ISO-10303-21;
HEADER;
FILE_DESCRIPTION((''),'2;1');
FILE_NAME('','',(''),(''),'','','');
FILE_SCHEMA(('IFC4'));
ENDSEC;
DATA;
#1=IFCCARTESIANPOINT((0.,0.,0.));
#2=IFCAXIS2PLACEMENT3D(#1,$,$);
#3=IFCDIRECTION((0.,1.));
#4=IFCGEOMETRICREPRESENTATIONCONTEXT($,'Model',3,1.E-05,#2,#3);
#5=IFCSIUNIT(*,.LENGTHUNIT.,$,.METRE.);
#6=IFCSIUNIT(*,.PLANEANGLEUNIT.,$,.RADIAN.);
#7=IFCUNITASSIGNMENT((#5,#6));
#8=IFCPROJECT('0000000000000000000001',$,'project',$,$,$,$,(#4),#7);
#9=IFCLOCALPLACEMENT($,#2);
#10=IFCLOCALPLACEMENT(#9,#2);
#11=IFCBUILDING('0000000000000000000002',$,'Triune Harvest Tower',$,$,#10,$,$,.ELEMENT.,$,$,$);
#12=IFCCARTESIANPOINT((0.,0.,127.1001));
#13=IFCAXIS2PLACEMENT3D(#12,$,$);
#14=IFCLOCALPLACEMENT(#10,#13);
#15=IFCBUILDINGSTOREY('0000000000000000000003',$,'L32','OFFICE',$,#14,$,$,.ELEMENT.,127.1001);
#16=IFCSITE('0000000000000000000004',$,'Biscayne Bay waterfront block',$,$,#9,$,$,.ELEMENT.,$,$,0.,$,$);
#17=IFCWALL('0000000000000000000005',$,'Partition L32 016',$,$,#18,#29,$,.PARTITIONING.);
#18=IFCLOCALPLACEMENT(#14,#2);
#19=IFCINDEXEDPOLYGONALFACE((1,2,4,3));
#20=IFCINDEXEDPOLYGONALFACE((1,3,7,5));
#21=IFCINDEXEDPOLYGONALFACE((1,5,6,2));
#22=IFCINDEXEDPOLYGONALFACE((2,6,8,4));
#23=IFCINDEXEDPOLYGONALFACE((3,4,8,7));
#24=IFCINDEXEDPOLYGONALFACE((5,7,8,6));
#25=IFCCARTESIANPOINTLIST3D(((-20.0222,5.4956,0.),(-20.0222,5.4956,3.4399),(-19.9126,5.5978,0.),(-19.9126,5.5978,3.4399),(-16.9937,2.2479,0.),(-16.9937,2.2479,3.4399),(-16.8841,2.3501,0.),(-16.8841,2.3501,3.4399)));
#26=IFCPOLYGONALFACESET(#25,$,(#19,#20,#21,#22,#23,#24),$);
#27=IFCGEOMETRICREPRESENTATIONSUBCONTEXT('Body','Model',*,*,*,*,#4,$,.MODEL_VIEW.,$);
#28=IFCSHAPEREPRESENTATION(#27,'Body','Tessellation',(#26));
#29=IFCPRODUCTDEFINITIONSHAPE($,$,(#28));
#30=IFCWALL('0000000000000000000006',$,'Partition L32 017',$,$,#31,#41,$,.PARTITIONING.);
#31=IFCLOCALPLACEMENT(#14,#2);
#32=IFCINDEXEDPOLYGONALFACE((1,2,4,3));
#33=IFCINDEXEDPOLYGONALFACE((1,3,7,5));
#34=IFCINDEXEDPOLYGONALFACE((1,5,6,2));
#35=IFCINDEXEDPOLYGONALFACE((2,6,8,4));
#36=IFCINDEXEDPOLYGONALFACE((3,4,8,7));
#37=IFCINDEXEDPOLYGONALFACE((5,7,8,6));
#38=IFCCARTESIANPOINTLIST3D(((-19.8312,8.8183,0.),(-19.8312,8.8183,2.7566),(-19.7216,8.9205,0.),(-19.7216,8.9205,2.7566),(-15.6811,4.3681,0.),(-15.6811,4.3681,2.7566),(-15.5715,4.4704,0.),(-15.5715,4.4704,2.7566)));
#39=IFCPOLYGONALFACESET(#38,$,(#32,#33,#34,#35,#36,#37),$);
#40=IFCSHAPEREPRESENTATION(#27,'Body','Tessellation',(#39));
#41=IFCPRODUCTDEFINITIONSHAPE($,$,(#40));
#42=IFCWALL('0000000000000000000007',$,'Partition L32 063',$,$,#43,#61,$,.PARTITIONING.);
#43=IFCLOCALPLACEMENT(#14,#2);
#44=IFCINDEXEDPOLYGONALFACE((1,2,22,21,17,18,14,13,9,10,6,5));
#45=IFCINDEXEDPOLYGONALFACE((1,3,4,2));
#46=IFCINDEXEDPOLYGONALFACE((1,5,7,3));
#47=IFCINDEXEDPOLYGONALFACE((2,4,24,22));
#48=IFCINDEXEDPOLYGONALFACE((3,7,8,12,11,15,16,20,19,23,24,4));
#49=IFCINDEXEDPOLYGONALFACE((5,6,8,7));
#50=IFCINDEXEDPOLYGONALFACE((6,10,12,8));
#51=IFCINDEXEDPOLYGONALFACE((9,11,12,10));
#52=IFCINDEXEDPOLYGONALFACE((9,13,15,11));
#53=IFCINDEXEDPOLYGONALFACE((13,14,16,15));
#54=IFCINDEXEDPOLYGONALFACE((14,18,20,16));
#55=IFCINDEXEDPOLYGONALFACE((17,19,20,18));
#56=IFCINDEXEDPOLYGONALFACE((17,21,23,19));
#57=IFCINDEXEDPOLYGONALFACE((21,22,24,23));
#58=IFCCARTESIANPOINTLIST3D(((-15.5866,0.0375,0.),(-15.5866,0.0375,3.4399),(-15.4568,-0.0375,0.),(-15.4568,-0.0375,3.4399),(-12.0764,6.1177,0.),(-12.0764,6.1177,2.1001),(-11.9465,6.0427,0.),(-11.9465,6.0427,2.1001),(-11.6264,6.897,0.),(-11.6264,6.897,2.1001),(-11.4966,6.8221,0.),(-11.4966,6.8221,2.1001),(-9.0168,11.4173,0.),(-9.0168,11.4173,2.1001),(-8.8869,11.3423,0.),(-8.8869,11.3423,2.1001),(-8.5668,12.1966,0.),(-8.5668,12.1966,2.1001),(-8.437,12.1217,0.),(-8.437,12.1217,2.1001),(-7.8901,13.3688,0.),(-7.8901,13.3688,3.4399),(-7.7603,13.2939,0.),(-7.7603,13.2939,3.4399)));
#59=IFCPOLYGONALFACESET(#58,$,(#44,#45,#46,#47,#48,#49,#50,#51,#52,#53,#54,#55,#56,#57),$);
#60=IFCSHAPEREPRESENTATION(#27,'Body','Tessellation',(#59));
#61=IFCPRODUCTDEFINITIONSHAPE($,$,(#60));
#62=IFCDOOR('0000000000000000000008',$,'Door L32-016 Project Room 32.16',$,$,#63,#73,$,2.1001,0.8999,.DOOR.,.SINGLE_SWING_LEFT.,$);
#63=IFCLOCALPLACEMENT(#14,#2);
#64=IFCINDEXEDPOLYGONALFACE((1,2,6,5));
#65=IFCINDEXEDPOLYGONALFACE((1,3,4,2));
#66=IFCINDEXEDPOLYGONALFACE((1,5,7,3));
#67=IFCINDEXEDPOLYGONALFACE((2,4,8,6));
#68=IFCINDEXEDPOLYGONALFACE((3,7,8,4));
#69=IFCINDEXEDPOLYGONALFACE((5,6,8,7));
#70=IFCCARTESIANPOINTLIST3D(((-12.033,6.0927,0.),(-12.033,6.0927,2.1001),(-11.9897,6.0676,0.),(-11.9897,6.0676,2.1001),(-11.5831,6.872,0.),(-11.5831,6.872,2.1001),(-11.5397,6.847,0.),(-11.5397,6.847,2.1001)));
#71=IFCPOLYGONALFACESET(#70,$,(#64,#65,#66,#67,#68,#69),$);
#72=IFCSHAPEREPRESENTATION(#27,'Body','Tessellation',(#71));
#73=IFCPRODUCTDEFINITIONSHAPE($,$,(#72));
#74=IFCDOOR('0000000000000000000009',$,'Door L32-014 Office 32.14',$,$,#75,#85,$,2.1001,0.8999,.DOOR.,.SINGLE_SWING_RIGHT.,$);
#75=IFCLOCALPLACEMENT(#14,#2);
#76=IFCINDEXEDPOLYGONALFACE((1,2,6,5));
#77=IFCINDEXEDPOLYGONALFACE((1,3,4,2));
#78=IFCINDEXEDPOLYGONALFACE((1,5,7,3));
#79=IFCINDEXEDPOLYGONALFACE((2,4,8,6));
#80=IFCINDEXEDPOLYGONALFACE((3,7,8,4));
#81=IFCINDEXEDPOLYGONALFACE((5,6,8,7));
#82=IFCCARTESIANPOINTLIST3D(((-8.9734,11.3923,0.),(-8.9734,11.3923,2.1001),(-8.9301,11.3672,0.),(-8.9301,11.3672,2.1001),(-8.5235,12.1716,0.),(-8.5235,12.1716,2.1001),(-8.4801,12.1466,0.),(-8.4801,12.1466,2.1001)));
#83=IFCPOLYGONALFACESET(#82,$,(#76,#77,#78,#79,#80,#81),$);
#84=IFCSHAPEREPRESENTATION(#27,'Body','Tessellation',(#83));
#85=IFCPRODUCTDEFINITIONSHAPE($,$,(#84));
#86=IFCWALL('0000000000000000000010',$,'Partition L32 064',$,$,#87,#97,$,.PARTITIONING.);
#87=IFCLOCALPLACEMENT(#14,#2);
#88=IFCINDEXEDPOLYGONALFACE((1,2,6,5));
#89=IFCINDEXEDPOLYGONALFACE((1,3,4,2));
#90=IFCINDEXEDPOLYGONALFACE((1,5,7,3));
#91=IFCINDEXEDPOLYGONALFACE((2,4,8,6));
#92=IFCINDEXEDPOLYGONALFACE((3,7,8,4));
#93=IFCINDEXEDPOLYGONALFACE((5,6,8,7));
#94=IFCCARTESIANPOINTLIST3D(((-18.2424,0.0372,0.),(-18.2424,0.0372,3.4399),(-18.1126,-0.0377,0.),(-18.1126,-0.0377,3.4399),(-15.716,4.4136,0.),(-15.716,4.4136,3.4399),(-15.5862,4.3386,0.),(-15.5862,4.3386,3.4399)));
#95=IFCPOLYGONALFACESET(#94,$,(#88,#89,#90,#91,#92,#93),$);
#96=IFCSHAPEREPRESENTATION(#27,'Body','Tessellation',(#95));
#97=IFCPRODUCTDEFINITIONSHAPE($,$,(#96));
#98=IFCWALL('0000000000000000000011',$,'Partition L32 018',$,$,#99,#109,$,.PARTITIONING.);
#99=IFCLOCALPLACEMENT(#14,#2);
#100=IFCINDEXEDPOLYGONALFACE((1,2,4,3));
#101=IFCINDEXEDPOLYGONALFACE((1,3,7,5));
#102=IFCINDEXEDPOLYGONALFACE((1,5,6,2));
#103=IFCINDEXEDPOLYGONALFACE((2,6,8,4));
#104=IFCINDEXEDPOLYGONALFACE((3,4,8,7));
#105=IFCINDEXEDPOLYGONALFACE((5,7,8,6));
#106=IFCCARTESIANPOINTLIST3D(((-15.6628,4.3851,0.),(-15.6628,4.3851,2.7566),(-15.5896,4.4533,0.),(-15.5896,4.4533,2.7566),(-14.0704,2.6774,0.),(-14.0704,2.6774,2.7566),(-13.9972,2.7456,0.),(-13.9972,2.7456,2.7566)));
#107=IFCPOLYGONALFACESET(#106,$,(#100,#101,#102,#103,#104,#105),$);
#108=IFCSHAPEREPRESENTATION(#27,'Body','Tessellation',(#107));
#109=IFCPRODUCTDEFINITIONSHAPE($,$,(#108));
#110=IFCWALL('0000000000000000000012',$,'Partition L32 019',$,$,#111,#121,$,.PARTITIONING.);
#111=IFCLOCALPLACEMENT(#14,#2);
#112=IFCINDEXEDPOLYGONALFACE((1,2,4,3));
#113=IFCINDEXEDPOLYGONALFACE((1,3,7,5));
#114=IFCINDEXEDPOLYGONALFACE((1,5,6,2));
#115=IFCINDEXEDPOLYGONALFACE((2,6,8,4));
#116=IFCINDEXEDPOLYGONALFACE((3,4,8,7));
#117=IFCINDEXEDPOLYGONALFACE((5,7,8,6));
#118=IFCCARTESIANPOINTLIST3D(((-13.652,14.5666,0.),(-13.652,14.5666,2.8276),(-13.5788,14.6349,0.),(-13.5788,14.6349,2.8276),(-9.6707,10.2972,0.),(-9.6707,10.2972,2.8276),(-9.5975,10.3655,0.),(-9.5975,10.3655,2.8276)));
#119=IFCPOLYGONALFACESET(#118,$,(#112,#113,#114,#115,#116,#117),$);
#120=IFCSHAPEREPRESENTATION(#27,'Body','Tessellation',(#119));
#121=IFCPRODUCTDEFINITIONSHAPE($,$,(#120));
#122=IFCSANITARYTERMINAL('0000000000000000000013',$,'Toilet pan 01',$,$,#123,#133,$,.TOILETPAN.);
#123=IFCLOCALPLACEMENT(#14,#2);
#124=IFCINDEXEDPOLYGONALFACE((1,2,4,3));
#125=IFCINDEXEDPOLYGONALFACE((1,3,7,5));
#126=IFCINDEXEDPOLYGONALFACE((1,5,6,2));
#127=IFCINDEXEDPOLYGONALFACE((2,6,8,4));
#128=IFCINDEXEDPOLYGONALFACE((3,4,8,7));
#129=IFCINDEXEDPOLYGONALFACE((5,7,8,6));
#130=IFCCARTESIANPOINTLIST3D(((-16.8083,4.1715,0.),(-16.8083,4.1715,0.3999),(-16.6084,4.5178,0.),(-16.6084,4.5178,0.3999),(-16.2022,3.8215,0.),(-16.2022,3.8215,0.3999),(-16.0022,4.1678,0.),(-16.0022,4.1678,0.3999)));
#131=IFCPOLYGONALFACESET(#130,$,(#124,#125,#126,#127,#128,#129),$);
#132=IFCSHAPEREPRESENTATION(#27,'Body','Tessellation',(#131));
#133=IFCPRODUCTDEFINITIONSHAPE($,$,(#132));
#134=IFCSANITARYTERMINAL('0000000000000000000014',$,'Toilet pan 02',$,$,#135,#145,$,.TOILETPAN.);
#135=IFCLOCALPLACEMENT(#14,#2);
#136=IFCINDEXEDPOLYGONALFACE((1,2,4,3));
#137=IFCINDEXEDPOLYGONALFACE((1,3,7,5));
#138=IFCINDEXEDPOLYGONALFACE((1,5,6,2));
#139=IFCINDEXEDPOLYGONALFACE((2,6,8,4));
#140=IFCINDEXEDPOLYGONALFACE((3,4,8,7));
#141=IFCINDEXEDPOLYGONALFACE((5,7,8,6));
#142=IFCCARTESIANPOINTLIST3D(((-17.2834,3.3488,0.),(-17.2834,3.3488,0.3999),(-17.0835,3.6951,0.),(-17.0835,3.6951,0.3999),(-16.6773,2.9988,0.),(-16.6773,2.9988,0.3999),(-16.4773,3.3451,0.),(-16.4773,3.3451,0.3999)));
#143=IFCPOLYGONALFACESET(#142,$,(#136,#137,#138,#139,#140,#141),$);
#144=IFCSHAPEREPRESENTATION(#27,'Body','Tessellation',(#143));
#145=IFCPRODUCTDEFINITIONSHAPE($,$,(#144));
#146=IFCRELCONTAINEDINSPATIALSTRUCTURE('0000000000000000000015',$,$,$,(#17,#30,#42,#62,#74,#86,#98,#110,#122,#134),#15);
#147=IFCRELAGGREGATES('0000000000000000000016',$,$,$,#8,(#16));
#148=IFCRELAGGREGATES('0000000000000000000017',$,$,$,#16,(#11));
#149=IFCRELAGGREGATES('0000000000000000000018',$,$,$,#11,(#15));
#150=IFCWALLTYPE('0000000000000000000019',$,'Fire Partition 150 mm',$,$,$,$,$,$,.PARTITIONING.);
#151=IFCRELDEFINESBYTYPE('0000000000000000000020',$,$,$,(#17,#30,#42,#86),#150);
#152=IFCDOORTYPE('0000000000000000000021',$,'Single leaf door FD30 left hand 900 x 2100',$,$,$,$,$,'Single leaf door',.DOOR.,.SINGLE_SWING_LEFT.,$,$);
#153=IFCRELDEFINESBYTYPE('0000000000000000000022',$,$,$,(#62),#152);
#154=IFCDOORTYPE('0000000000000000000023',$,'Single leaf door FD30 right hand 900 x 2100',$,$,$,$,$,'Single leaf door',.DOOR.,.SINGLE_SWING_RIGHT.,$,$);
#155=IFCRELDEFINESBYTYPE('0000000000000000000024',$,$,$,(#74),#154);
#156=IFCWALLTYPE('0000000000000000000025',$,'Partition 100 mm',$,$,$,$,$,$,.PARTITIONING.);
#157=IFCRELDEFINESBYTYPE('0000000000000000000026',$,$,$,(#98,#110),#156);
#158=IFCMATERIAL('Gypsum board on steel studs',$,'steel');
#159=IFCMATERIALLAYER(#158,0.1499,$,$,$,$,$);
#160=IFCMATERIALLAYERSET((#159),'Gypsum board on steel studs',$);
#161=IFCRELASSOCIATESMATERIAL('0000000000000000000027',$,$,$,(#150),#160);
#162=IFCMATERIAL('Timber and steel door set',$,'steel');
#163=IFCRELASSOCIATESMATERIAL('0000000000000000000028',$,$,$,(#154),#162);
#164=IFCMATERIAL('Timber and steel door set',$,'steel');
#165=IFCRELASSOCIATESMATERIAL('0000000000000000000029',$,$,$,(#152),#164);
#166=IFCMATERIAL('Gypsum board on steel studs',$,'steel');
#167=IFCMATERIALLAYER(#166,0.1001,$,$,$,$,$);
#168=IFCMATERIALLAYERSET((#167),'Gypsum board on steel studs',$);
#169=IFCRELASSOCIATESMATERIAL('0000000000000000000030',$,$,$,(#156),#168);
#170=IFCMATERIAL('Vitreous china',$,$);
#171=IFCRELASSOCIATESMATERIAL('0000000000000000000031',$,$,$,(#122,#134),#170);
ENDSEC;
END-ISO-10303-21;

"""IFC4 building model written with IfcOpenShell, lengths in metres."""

from ifc_helpers import new_model, si_unit, direction, frame, frame_2d, origin, origin_2d, place, context, subcontext, project, spatial, rectangle, extrude, source, transform, mapped, material, layer, layer_set, type_object, element, fill, save


model = new_model("IFC4")

# Units and contexts
model_context = context("Model", 3, precision=1e-05, world=origin(), true_north=direction((0.0, 1.0)))
body_context = subcontext(model_context, "Body", "Model", "MODEL_VIEW")
ifc_project = project(units=[si_unit("LENGTHUNIT", "METRE"), si_unit("PLANEANGLEUNIT", "RADIAN")], contexts=[model_context])

# Site, building, storey
site_placement = place(None, origin())
site = spatial("IfcSite", under=ifc_project, at=site_placement, Name="Biscayne Bay waterfront block", CompositionType="ELEMENT", RefElevation=0.0)
building_placement = place(site_placement, origin())
building = spatial("IfcBuilding", under=site, at=building_placement, Name="Triune Harvest Tower", CompositionType="ELEMENT")
storey_placement = place(building_placement, frame((0.0, 0.0, 127.1001)))
storey = spatial("IfcBuildingStorey", under=building, at=storey_placement, Name="L32", Description="OFFICE", CompositionType="ELEMENT", Elevation=127.1001)

# Shared definitions
ifc_material_1 = material(Name="Gypsum board on steel studs", Category="steel")
ifc_layer_1 = layer(ifc_material_1, 0.1499)
ifc_layer_set_1 = layer_set([ifc_layer_1], Name="Gypsum board on steel studs")
wall_type_1 = type_object("IfcWallType", Name="Fire Partition 150 mm", PredefinedType="PARTITIONING", material=ifc_layer_set_1)

# Shared definitions
ifc_material_2 = material(Name="Timber and steel door set", Category="steel")
door_type_1 = type_object("IfcDoorType", Name="Single leaf door FD30 right hand 900 x 2100", ElementType="Single leaf door", OperationType="SINGLE_SWING_RIGHT", PredefinedType="DOOR", material=ifc_material_2)

# Walls
wall_1_placement = place(storey_placement, frame((-19.9673, 5.5466, 0.0), z_axis=(0.0, 0.0, 1.0), x_axis=(0.681991, -0.731361, 0.0)))
element("IfcWall", 1, at=wall_1_placement, inside=storey, type_object=wall_type_1, Name="Partition L32 016", PredefinedType="PARTITIONING", context=body_context, shape_type="SweptSolid", body=[
    extrude(rectangle(XDim=4.4407, YDim=0.1499, at=frame_2d((2.2202, 0.0))), origin(), (0.0, 0.0, 1.0), 3.4399),
])
wall_2_placement = place(storey_placement, frame((-19.7764, 8.8694, 0.0), z_axis=(0.0, 0.0, 1.0), x_axis=(0.682022, -0.731331, 0.0)))
element("IfcWall", 2, at=wall_2_placement, inside=storey, type_object=wall_type_1, Name="Partition L32 017", PredefinedType="PARTITIONING", context=body_context, shape_type="SweptSolid", body=[
    extrude(rectangle(XDim=6.085, YDim=0.1499, at=frame_2d((3.0425, 0.0))), origin(), (0.0, 0.0, 1.0), 2.7566),
])

# Wall, openings, doors
wall_3_placement = place(storey_placement, frame((-15.5217, 0.0, 0.0), z_axis=(0.0, 0.0, 1.0), x_axis=(0.499986, 0.866034, 0.0)))
wall_3 = element("IfcWall", 3, at=wall_3_placement, inside=storey, type_object=wall_type_1, Name="Partition L32 063", PredefinedType="PARTITIONING", context=body_context, shape_type="SweptSolid", body=[
    extrude(rectangle(XDim=15.3936, YDim=0.1499, at=frame_2d((7.6968, 0.0))), origin(), (0.0, 0.0, 1.0), 3.4399),
])
opening_1_placement = place(wall_3_placement, frame((13.1401, 0.0, 0.0)))
opening_1 = element("IfcOpeningElement", 4, at=opening_1_placement, cuts=wall_3, PredefinedType="OPENING", context=body_context, shape_type="SweptSolid", body=[
    extrude(rectangle(XDim=0.8999, YDim=2.1001, at=frame_2d((0.45, 1.05))), frame((0.0, 0.085, 0.0), z_axis=(0.0, -1.0, 0.0), x_axis=(1.0, 0.0, 0.0)), (0.0, 0.0, 1.0), 0.1699),
])
opening_2_placement = place(wall_3_placement, frame((7.0208, 0.0, 0.0)))
opening_2 = element("IfcOpeningElement", 5, at=opening_2_placement, cuts=wall_3, PredefinedType="OPENING", context=body_context, shape_type="SweptSolid", body=[
    extrude(rectangle(XDim=0.8999, YDim=2.1001, at=frame_2d((0.45, 1.05))), frame((0.0, 0.085, 0.0), z_axis=(0.0, -1.0, 0.0), x_axis=(1.0, 0.0, 0.0)), (0.0, 0.0, 1.0), 0.1699),
])
ifc_material_3 = material(Name="Timber and steel door set", Category="steel")
door_type_2 = type_object("IfcDoorType", Name="Single leaf door FD30 left hand 900 x 2100", ElementType="Single leaf door", OperationType="SINGLE_SWING_LEFT", PredefinedType="DOOR", material=ifc_material_3)
door_1_placement = place(opening_2_placement, origin())
door_1 = element("IfcDoor", 6, at=door_1_placement, inside=storey, type_object=door_type_2, Name="Door L32-016 Project Room 32.16", OperationType="SINGLE_SWING_LEFT", OverallHeight=2.1001, OverallWidth=0.8999, PredefinedType="DOOR", context=body_context, shape_type="SweptSolid", body=[
    extrude(rectangle(XDim=0.8999, YDim=2.1001, at=frame_2d((0.45, 1.05))), frame((0.0, 0.0249, 0.0), z_axis=(0.0, -1.0, 0.0), x_axis=(1.0, 0.0, 0.0)), (0.0, 0.0, 1.0), 0.05),
])
fill(opening_2, door_1)
door_2_placement = place(opening_1_placement, origin())
door_2 = element("IfcDoor", 7, at=door_2_placement, inside=storey, type_object=door_type_1, Name="Door L32-014 Office 32.14", OperationType="SINGLE_SWING_RIGHT", OverallHeight=2.1001, OverallWidth=0.8999, PredefinedType="DOOR", context=body_context, shape_type="SweptSolid", body=[
    extrude(rectangle(XDim=0.8999, YDim=2.1001, at=frame_2d((0.45, 1.05))), frame((0.0, 0.0249, 0.0), z_axis=(0.0, -1.0, 0.0), x_axis=(1.0, 0.0, 0.0)), (0.0, 0.0, 1.0), 0.05),
])
fill(opening_1, door_2)

# Walls
wall_4_placement = place(storey_placement, frame((-18.1775, -0.0002, 0.0), z_axis=(0.0, 0.0, 1.0), x_axis=(0.499964, 0.866046, 0.0)))
element("IfcWall", 8, at=wall_4_placement, inside=storey, type_object=wall_type_1, Name="Partition L32 064", PredefinedType="PARTITIONING", context=body_context, shape_type="SweptSolid", body=[
    extrude(rectangle(XDim=5.0532, YDim=0.1499, at=frame_2d((2.5266, 0.0))), origin(), (0.0, 0.0, 1.0), 3.4399),
])
ifc_material_4 = material(Name="Gypsum board on steel studs", Category="steel")
ifc_layer_2 = layer(ifc_material_4, 0.1001)
ifc_layer_set_2 = layer_set([ifc_layer_2], Name="Gypsum board on steel studs")
wall_type_2 = type_object("IfcWallType", Name="Partition 100 mm", PredefinedType="PARTITIONING", material=ifc_layer_set_2)
wall_5_placement = place(storey_placement, frame((-15.6262, 4.4192, 0.0), z_axis=(0.0, 0.0, 1.0), x_axis=(0.682002, -0.731351, 0.0)))
element("IfcWall", 9, at=wall_5_placement, inside=storey, type_object=wall_type_2, Name="Partition L32 018", PredefinedType="PARTITIONING", context=body_context, shape_type="SweptSolid", body=[
    extrude(rectangle(XDim=2.335, YDim=0.1001, at=frame_2d((1.1675, 0.0))), origin(), (0.0, 0.0, 1.0), 2.7566),
])
wall_6_placement = place(storey_placement, frame((-13.6155, 14.6008, 0.0), z_axis=(0.0, 0.0, 1.0), x_axis=(0.682001, -0.731351, 0.0)))
element("IfcWall", 10, at=wall_6_placement, inside=storey, type_object=wall_type_2, Name="Partition L32 019", PredefinedType="PARTITIONING", context=body_context, shape_type="SweptSolid", body=[
    extrude(rectangle(XDim=5.8376, YDim=0.1001, at=frame_2d((2.9189, 0.0))), origin(), (0.0, 0.0, 1.0), 2.8276),
])

# Sanitary terminals
ifc_material_5 = material(Name="Vitreous china")
shared_shape_1 = source(origin(), body_context, "Body", "SweptSolid", [
    extrude(rectangle(XDim=0.3999, YDim=0.7, at=origin_2d()), origin(), (0.0, 0.0, 1.0), 0.3999),
])
for number, where, z_axis, x_axis, name in (
    (11, (-16.4053, 4.1697, 0.0), (0.0, 0.0, 1.0), (-0.50003, -0.866008, 0.0), "Toilet pan 01"),
    (12, (-16.8804, 3.3469, 0.0), (0.0, 0.0, 1.0), (-0.50003, -0.866008, 0.0), "Toilet pan 02"),
):
    element("IfcSanitaryTerminal", number, at=place(storey_placement, frame(where, z_axis=z_axis, x_axis=x_axis)), inside=storey, material=ifc_material_5, Name=name, PredefinedType="TOILETPAN", context=body_context, shape_type="MappedRepresentation", body=[
        mapped(shared_shape_1, transform((0.0, 0.0, 0.0), scale=1.0)),
    ])

save(model, "model.ifc")
